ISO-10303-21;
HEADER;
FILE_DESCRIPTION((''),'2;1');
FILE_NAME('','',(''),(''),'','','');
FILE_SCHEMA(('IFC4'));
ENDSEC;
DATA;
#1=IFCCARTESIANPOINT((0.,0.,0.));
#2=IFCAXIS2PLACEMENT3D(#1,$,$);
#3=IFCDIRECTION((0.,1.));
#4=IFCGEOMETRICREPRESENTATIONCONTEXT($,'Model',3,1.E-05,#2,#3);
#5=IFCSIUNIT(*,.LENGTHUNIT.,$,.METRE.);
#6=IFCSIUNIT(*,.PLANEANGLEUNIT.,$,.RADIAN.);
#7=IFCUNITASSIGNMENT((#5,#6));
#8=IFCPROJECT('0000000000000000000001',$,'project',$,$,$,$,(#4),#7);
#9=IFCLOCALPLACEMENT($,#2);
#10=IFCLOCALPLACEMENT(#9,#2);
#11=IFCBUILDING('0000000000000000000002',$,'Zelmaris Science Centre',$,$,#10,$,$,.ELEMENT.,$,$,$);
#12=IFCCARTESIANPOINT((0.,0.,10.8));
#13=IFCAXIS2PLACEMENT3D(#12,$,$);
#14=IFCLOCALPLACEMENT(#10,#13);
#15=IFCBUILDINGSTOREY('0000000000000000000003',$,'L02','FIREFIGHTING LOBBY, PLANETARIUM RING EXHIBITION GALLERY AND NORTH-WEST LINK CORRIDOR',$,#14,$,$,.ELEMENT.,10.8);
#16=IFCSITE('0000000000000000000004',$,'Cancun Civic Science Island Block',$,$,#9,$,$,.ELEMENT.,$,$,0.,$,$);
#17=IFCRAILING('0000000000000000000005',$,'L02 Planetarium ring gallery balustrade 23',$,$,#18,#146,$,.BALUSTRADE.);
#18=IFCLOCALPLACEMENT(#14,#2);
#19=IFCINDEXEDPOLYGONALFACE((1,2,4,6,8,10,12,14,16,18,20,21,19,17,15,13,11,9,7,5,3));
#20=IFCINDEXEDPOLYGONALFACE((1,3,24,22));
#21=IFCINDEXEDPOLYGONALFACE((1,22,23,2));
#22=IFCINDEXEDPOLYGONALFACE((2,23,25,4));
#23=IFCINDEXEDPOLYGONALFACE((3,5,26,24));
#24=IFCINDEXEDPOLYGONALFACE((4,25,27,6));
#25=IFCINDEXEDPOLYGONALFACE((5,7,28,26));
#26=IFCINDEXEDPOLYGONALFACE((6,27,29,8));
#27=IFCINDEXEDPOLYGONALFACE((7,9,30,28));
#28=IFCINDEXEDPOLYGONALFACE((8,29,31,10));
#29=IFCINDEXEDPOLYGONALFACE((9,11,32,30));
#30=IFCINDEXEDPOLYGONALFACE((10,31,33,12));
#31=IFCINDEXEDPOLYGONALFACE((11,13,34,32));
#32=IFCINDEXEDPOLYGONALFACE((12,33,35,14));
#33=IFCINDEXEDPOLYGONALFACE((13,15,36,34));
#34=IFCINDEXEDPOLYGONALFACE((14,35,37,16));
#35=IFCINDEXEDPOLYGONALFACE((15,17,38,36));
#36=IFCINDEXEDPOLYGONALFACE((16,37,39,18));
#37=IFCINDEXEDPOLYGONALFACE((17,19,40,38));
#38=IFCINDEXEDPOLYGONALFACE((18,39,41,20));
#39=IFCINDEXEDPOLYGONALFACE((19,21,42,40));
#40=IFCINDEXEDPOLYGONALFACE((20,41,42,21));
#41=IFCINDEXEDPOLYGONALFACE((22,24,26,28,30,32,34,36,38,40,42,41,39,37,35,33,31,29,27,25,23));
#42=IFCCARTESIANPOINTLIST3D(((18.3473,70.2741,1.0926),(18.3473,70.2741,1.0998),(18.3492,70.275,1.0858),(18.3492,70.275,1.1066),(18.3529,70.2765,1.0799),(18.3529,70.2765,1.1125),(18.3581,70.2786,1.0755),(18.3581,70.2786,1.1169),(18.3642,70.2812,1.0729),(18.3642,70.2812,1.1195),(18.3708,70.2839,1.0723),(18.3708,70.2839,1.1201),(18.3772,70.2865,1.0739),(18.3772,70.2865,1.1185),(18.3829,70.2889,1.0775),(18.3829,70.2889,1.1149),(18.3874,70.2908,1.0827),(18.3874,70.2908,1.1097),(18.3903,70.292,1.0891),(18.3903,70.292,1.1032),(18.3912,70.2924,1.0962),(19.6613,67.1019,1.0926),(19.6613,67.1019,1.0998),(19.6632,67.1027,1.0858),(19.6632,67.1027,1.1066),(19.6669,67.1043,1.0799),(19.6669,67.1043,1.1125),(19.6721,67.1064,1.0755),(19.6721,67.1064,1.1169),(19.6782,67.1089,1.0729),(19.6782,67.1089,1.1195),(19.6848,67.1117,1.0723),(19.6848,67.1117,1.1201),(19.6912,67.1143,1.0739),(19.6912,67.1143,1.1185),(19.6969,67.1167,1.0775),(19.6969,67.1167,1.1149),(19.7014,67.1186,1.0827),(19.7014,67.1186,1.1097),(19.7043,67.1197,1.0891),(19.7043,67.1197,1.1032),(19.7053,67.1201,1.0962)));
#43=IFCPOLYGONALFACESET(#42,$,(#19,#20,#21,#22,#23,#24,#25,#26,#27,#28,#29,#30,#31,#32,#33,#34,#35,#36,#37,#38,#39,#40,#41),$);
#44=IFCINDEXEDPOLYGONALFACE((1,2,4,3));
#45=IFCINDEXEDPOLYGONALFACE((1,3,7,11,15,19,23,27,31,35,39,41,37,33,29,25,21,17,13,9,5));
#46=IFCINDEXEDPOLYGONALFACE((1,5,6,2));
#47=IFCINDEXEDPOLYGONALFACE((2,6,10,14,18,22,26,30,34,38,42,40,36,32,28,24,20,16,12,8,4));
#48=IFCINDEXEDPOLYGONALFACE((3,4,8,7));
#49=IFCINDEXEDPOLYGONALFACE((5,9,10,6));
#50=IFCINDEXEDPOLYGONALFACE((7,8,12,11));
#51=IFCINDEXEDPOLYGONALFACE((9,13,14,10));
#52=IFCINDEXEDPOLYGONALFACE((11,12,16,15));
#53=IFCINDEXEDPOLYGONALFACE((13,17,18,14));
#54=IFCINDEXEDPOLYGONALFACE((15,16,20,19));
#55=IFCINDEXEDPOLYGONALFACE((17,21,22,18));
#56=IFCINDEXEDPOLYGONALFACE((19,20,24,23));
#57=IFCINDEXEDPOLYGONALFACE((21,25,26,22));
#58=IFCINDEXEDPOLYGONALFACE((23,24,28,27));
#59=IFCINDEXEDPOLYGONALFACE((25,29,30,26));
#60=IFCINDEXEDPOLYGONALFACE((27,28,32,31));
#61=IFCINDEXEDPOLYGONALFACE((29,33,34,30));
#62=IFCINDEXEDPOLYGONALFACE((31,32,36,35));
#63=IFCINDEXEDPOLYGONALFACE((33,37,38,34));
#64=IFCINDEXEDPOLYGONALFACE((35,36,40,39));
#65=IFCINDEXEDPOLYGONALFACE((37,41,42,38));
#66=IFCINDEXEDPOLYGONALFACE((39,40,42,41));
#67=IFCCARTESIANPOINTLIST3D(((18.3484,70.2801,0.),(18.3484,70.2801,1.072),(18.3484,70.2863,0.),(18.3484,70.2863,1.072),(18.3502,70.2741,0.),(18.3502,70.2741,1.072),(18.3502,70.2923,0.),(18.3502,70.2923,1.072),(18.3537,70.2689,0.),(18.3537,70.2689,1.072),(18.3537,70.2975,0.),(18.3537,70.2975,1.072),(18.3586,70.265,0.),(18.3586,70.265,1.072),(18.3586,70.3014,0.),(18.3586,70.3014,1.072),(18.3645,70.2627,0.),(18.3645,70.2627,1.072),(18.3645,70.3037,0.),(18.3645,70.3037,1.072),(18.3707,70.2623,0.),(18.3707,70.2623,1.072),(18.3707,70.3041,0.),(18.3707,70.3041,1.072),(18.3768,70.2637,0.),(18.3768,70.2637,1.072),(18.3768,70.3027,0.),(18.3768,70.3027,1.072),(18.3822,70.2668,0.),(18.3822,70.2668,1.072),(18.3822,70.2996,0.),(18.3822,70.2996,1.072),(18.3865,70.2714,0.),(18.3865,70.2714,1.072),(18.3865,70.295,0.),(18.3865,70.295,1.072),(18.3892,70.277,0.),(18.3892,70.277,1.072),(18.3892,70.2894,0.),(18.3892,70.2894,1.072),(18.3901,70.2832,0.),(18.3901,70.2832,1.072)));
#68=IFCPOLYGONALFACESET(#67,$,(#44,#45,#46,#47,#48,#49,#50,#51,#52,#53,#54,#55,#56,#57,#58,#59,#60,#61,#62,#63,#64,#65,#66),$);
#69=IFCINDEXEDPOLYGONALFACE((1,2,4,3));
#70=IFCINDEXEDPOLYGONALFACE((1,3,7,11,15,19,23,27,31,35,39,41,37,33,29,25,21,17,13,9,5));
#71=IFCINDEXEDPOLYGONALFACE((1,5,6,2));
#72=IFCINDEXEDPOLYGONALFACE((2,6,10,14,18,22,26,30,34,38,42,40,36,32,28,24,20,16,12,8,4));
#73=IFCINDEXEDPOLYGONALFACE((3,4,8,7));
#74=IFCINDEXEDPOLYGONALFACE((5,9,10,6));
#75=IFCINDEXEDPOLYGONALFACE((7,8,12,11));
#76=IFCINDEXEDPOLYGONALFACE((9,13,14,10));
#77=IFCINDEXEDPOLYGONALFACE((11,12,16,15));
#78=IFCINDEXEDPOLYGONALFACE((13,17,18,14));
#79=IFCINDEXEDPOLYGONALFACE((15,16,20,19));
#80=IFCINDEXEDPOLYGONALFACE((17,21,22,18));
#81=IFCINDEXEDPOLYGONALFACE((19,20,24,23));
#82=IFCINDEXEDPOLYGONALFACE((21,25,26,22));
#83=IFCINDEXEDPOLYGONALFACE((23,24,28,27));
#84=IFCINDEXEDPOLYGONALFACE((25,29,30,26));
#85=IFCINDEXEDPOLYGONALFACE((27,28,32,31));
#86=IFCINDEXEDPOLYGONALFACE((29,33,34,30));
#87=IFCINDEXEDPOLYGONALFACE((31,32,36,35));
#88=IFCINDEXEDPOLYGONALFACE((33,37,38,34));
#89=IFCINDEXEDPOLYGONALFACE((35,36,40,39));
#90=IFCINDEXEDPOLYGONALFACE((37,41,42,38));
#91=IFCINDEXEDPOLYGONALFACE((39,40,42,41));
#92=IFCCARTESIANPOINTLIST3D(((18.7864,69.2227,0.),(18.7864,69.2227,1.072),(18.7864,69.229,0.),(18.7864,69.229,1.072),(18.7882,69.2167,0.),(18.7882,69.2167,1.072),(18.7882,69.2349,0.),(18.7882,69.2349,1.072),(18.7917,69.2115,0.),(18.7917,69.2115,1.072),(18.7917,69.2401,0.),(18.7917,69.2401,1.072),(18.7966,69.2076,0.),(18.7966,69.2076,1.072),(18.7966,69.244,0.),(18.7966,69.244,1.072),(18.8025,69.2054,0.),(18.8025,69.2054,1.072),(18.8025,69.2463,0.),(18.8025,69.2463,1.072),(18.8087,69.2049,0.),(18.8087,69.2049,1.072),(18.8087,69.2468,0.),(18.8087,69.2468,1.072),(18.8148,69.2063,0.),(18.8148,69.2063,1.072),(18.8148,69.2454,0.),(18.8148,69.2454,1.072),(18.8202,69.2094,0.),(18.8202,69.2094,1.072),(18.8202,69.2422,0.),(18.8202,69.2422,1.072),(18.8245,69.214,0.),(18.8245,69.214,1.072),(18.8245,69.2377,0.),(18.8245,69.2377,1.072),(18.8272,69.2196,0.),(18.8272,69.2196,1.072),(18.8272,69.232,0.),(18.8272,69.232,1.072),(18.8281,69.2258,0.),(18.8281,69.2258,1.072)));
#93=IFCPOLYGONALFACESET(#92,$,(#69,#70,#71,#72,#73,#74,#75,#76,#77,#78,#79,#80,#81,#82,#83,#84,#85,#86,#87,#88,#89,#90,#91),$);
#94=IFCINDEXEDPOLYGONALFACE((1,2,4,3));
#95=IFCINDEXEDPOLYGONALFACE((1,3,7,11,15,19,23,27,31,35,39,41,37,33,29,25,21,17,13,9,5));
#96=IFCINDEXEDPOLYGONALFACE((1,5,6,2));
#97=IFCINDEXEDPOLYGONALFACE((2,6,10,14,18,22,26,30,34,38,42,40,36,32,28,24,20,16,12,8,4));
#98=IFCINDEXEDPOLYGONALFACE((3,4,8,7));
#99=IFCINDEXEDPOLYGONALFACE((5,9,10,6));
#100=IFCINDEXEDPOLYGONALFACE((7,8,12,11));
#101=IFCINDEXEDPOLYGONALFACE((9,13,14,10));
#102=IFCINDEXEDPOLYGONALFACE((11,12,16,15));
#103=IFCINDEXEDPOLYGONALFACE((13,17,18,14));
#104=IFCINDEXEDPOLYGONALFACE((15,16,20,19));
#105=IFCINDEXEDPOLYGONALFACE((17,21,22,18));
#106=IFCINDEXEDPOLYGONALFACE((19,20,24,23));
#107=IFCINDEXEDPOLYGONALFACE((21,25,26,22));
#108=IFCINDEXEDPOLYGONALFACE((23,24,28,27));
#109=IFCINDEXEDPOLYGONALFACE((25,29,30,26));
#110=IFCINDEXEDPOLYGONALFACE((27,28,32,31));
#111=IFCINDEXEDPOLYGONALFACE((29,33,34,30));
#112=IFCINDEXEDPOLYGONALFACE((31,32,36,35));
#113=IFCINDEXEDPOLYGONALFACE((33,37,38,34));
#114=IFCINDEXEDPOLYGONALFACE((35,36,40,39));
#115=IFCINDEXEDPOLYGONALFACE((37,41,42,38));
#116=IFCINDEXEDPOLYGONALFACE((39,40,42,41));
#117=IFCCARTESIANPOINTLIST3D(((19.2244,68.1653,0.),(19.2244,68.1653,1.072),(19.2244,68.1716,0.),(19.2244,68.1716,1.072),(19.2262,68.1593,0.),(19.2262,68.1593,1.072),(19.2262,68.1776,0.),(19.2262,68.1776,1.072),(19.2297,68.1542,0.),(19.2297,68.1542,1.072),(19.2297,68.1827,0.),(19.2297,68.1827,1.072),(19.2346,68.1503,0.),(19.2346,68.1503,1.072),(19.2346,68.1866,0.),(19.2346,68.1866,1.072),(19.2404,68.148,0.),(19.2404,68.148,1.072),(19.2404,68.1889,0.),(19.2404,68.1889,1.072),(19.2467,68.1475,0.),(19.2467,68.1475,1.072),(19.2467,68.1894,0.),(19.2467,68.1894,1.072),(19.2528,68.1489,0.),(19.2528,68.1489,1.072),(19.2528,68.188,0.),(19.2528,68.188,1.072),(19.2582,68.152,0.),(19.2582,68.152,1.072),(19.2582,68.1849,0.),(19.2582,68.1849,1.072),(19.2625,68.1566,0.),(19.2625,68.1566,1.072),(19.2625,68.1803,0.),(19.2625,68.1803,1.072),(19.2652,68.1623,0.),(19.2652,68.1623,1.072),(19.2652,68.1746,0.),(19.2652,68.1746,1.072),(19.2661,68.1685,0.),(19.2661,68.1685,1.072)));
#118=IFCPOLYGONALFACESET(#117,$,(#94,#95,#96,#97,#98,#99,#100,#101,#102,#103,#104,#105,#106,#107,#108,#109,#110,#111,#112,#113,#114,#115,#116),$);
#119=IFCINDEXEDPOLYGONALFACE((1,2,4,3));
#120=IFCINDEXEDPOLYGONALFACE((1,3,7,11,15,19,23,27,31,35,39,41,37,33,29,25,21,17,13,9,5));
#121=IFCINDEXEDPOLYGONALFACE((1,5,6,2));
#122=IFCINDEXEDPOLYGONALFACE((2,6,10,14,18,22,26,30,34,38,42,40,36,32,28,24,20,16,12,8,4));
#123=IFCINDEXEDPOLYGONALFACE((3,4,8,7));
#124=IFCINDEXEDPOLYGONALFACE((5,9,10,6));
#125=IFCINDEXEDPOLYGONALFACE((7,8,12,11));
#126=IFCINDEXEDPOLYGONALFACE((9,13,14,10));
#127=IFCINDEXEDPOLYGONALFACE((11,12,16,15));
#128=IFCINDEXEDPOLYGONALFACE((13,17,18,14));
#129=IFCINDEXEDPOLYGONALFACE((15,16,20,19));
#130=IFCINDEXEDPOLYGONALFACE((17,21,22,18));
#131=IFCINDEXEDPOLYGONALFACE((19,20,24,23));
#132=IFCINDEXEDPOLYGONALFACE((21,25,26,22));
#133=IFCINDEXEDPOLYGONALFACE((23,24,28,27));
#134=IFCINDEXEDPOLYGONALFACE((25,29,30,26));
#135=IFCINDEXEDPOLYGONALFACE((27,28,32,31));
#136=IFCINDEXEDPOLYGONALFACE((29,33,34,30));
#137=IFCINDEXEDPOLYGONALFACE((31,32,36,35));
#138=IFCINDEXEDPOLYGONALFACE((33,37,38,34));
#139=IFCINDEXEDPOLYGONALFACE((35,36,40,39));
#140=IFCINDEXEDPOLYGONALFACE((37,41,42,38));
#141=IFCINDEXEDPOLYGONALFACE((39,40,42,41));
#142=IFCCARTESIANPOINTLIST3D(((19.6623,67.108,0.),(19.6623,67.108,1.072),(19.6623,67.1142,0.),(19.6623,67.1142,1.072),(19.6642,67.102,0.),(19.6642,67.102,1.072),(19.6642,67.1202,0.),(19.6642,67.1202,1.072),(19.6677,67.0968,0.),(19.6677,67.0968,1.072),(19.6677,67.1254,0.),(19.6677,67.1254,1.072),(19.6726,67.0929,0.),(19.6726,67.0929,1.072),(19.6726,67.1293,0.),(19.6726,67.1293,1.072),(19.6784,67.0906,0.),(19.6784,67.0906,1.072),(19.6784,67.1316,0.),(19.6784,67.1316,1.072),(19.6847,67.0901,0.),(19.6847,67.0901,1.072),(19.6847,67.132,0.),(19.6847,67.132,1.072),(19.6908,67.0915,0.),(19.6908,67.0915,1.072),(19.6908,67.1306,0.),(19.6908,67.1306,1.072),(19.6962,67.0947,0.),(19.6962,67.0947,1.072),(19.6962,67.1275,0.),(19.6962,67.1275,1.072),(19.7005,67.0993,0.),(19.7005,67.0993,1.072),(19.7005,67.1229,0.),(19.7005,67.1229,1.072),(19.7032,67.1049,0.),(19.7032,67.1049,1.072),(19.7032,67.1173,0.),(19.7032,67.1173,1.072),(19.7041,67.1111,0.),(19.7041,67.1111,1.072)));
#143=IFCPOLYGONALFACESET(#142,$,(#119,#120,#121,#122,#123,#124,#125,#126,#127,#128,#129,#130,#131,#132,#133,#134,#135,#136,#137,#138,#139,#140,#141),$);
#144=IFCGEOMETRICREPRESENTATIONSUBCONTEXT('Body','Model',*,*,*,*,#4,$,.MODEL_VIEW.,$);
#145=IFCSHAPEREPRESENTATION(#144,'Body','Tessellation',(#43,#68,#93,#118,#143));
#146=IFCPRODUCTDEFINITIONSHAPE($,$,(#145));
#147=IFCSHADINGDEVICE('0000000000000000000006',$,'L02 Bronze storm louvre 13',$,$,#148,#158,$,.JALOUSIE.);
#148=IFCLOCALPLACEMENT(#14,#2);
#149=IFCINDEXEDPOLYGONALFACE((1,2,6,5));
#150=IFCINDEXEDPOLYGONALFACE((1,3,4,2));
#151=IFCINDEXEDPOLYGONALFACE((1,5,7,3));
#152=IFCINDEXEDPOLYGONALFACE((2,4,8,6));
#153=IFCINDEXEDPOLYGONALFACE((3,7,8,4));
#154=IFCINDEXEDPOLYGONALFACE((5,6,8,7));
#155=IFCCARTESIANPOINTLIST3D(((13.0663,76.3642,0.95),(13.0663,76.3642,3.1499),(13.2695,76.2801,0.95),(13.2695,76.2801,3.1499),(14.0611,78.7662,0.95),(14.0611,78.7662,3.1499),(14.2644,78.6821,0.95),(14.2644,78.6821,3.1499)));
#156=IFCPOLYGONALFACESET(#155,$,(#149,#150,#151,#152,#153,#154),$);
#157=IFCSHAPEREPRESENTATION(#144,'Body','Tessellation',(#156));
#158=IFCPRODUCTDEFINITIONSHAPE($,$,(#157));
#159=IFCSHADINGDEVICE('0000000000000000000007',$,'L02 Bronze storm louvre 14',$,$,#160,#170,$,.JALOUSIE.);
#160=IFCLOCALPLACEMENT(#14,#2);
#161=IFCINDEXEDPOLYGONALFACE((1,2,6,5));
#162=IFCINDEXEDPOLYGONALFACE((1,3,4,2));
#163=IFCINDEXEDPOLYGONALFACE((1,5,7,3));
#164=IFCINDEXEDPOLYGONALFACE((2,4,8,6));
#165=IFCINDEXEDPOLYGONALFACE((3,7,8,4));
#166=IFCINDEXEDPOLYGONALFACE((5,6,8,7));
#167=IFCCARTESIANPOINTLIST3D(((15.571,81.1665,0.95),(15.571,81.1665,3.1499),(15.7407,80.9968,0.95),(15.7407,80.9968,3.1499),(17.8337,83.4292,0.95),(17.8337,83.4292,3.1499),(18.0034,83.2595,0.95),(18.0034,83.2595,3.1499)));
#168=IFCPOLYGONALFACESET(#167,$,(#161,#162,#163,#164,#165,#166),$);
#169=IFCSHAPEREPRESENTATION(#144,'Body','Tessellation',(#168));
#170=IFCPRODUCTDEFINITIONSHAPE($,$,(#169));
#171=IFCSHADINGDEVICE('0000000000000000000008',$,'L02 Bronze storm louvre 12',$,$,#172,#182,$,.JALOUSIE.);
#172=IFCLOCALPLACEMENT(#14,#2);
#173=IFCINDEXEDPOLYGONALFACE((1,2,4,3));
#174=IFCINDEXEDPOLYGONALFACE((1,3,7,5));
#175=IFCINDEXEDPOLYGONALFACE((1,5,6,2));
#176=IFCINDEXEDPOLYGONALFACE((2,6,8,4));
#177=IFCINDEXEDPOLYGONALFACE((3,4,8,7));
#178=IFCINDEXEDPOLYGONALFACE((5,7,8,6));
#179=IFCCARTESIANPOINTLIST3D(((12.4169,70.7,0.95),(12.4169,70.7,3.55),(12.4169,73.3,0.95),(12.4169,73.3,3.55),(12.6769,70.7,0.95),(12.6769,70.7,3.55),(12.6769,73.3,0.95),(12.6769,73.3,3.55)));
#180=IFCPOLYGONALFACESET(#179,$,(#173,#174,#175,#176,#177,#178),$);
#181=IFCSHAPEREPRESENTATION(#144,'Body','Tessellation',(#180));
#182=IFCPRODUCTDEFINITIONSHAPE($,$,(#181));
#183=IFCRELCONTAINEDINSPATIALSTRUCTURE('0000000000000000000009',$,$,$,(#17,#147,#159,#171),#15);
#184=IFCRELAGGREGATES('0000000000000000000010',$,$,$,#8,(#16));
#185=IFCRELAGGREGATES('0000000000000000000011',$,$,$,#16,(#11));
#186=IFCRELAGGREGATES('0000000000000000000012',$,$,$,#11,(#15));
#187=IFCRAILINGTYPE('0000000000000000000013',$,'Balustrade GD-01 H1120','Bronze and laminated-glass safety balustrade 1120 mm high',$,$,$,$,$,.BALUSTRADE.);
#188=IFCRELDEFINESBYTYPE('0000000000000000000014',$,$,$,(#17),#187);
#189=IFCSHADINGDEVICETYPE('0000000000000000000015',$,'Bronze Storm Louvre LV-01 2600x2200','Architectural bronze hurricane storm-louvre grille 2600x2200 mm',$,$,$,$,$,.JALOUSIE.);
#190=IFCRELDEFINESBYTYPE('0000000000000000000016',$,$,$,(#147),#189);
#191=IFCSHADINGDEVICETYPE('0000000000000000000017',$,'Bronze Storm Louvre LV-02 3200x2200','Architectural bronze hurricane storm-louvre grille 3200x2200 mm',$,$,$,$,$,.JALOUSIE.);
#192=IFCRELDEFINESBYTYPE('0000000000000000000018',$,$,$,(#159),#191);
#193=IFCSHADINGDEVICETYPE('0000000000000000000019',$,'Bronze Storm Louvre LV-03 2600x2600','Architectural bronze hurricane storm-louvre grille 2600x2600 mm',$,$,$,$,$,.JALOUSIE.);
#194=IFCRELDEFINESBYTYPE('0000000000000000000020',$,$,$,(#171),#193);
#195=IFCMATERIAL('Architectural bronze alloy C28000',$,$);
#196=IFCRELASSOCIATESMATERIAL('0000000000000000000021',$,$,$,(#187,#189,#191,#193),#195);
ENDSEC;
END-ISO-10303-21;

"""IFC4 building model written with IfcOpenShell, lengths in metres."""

from ifc_helpers import new_model, si_unit, direction, frame, frame_2d, origin, origin_2d, place, context, subcontext, project, spatial, rectangle, circle, extrude, material, type_object, element, save


model = new_model("IFC4")

# Units and contexts
model_context = context("Model", 3, precision=1e-05, world=origin(), true_north=direction((0.0, 1.0)))
body_context = subcontext(model_context, "Body", "Model", "MODEL_VIEW")
ifc_project = project(units=[si_unit("LENGTHUNIT", "METRE"), si_unit("PLANEANGLEUNIT", "RADIAN")], contexts=[model_context])

# Site, building, storey
site_placement = place(None, origin())
site = spatial("IfcSite", under=ifc_project, at=site_placement, Name="Cancun Civic Science Island Block", CompositionType="ELEMENT", RefElevation=0.0)
building_placement = place(site_placement, origin())
building = spatial("IfcBuilding", under=site, at=building_placement, Name="Zelmaris Science Centre", CompositionType="ELEMENT")
storey_placement = place(building_placement, frame((0.0, 0.0, 10.8)))
storey = spatial("IfcBuildingStorey", under=building, at=storey_placement, Name="L02", Description="FIREFIGHTING LOBBY, PLANETARIUM RING EXHIBITION GALLERY AND NORTH-WEST LINK CORRIDOR", CompositionType="ELEMENT", Elevation=10.8)

# Railing
ifc_material_1 = material(Name="Architectural bronze alloy C28000")
railing_type = type_object("IfcRailingType", Name="Balustrade GD-01 H1120", Description="Bronze and laminated-glass safety balustrade 1120 mm high", PredefinedType="BALUSTRADE", material=ifc_material_1)
railing_1_placement = place(storey_placement, frame((18.3691, 70.2832, 0.0)))
element("IfcRailing", 1, at=railing_1_placement, inside=storey, type_object=railing_type, Name="L02 Planetarium ring gallery balustrade 23", PredefinedType="BALUSTRADE", context=body_context, shape_type="SweptSolid", body=[
    extrude(circle(Radius=0.0239, at=origin_2d()), frame((0.0, 0.0, 1.0962), z_axis=(0.382691, -0.923876, 0.0), x_axis=(0.923876, 0.382691, 0.0)), (0.0, 0.0, 1.0), 3.4336),
    extrude(circle(Radius=0.021, at=origin_2d()), origin(), (0.0, 0.0, 1.0), 1.072),
    extrude(circle(Radius=0.021, at=origin_2d()), frame((0.438, -1.0574, 0.0)), (0.0, 0.0, 1.0), 1.072),
    extrude(circle(Radius=0.021, at=origin_2d()), frame((0.876, -2.1147, 0.0)), (0.0, 0.0, 1.0), 1.072),
    extrude(circle(Radius=0.021, at=origin_2d()), frame((1.314, -3.1721, 0.0)), (0.0, 0.0, 1.0), 1.072),
])

# Shading devices
shading_device_type_1 = type_object("IfcShadingDeviceType", Name="Bronze Storm Louvre LV-01 2600x2200", Description="Architectural bronze hurricane storm-louvre grille 2600x2200 mm", PredefinedType="JALOUSIE", material=ifc_material_1)
shading_device_1_placement = place(storey_placement, frame((13.168, 76.3223, 0.95), z_axis=(0.0, 0.0, 1.0), x_axis=(0.382648, 0.923894, 0.0)))
element("IfcShadingDevice", 2, at=shading_device_1_placement, inside=storey, type_object=shading_device_type_1, Name="L02 Bronze storm louvre 13", PredefinedType="JALOUSIE", context=body_context, shape_type="SweptSolid", body=[
    extrude(rectangle(XDim=2.5999, YDim=0.22, at=frame_2d((1.2998, 0.0))), origin(), (0.0, 0.0, 1.0), 2.2),
])
shading_device_type_2 = type_object("IfcShadingDeviceType", Name="Bronze Storm Louvre LV-02 3200x2200", Description="Architectural bronze hurricane storm-louvre grille 3200x2200 mm", PredefinedType="JALOUSIE", material=ifc_material_1)
shading_device_2_placement = place(storey_placement, frame((15.6558, 81.0815, 0.95), z_axis=(0.0, 0.0, 1.0), x_axis=(0.707107, 0.707107, 0.0)))
element("IfcShadingDevice", 3, at=shading_device_2_placement, inside=storey, type_object=shading_device_type_2, Name="L02 Bronze storm louvre 14", PredefinedType="JALOUSIE", context=body_context, shape_type="SweptSolid", body=[
    extrude(rectangle(XDim=3.2, YDim=0.24, at=frame_2d((1.6001, 0.0))), origin(), (0.0, 0.0, 1.0), 2.2),
])
shading_device_type_3 = type_object("IfcShadingDeviceType", Name="Bronze Storm Louvre LV-03 2600x2600", Description="Architectural bronze hurricane storm-louvre grille 2600x2600 mm", PredefinedType="JALOUSIE", material=ifc_material_1)
shading_device_3_placement = place(storey_placement, frame((12.5469, 70.7, 0.95), z_axis=(0.0, 0.0, 1.0), x_axis=(0.0, 1.0, 0.0)))
element("IfcShadingDevice", 4, at=shading_device_3_placement, inside=storey, type_object=shading_device_type_3, Name="L02 Bronze storm louvre 12", PredefinedType="JALOUSIE", context=body_context, shape_type="SweptSolid", body=[
    extrude(rectangle(XDim=2.6001, YDim=0.26, at=frame_2d((1.3, 0.0))), origin(), (0.0, 0.0, 1.0), 2.6001),
])

save(model, "model.ifc")
